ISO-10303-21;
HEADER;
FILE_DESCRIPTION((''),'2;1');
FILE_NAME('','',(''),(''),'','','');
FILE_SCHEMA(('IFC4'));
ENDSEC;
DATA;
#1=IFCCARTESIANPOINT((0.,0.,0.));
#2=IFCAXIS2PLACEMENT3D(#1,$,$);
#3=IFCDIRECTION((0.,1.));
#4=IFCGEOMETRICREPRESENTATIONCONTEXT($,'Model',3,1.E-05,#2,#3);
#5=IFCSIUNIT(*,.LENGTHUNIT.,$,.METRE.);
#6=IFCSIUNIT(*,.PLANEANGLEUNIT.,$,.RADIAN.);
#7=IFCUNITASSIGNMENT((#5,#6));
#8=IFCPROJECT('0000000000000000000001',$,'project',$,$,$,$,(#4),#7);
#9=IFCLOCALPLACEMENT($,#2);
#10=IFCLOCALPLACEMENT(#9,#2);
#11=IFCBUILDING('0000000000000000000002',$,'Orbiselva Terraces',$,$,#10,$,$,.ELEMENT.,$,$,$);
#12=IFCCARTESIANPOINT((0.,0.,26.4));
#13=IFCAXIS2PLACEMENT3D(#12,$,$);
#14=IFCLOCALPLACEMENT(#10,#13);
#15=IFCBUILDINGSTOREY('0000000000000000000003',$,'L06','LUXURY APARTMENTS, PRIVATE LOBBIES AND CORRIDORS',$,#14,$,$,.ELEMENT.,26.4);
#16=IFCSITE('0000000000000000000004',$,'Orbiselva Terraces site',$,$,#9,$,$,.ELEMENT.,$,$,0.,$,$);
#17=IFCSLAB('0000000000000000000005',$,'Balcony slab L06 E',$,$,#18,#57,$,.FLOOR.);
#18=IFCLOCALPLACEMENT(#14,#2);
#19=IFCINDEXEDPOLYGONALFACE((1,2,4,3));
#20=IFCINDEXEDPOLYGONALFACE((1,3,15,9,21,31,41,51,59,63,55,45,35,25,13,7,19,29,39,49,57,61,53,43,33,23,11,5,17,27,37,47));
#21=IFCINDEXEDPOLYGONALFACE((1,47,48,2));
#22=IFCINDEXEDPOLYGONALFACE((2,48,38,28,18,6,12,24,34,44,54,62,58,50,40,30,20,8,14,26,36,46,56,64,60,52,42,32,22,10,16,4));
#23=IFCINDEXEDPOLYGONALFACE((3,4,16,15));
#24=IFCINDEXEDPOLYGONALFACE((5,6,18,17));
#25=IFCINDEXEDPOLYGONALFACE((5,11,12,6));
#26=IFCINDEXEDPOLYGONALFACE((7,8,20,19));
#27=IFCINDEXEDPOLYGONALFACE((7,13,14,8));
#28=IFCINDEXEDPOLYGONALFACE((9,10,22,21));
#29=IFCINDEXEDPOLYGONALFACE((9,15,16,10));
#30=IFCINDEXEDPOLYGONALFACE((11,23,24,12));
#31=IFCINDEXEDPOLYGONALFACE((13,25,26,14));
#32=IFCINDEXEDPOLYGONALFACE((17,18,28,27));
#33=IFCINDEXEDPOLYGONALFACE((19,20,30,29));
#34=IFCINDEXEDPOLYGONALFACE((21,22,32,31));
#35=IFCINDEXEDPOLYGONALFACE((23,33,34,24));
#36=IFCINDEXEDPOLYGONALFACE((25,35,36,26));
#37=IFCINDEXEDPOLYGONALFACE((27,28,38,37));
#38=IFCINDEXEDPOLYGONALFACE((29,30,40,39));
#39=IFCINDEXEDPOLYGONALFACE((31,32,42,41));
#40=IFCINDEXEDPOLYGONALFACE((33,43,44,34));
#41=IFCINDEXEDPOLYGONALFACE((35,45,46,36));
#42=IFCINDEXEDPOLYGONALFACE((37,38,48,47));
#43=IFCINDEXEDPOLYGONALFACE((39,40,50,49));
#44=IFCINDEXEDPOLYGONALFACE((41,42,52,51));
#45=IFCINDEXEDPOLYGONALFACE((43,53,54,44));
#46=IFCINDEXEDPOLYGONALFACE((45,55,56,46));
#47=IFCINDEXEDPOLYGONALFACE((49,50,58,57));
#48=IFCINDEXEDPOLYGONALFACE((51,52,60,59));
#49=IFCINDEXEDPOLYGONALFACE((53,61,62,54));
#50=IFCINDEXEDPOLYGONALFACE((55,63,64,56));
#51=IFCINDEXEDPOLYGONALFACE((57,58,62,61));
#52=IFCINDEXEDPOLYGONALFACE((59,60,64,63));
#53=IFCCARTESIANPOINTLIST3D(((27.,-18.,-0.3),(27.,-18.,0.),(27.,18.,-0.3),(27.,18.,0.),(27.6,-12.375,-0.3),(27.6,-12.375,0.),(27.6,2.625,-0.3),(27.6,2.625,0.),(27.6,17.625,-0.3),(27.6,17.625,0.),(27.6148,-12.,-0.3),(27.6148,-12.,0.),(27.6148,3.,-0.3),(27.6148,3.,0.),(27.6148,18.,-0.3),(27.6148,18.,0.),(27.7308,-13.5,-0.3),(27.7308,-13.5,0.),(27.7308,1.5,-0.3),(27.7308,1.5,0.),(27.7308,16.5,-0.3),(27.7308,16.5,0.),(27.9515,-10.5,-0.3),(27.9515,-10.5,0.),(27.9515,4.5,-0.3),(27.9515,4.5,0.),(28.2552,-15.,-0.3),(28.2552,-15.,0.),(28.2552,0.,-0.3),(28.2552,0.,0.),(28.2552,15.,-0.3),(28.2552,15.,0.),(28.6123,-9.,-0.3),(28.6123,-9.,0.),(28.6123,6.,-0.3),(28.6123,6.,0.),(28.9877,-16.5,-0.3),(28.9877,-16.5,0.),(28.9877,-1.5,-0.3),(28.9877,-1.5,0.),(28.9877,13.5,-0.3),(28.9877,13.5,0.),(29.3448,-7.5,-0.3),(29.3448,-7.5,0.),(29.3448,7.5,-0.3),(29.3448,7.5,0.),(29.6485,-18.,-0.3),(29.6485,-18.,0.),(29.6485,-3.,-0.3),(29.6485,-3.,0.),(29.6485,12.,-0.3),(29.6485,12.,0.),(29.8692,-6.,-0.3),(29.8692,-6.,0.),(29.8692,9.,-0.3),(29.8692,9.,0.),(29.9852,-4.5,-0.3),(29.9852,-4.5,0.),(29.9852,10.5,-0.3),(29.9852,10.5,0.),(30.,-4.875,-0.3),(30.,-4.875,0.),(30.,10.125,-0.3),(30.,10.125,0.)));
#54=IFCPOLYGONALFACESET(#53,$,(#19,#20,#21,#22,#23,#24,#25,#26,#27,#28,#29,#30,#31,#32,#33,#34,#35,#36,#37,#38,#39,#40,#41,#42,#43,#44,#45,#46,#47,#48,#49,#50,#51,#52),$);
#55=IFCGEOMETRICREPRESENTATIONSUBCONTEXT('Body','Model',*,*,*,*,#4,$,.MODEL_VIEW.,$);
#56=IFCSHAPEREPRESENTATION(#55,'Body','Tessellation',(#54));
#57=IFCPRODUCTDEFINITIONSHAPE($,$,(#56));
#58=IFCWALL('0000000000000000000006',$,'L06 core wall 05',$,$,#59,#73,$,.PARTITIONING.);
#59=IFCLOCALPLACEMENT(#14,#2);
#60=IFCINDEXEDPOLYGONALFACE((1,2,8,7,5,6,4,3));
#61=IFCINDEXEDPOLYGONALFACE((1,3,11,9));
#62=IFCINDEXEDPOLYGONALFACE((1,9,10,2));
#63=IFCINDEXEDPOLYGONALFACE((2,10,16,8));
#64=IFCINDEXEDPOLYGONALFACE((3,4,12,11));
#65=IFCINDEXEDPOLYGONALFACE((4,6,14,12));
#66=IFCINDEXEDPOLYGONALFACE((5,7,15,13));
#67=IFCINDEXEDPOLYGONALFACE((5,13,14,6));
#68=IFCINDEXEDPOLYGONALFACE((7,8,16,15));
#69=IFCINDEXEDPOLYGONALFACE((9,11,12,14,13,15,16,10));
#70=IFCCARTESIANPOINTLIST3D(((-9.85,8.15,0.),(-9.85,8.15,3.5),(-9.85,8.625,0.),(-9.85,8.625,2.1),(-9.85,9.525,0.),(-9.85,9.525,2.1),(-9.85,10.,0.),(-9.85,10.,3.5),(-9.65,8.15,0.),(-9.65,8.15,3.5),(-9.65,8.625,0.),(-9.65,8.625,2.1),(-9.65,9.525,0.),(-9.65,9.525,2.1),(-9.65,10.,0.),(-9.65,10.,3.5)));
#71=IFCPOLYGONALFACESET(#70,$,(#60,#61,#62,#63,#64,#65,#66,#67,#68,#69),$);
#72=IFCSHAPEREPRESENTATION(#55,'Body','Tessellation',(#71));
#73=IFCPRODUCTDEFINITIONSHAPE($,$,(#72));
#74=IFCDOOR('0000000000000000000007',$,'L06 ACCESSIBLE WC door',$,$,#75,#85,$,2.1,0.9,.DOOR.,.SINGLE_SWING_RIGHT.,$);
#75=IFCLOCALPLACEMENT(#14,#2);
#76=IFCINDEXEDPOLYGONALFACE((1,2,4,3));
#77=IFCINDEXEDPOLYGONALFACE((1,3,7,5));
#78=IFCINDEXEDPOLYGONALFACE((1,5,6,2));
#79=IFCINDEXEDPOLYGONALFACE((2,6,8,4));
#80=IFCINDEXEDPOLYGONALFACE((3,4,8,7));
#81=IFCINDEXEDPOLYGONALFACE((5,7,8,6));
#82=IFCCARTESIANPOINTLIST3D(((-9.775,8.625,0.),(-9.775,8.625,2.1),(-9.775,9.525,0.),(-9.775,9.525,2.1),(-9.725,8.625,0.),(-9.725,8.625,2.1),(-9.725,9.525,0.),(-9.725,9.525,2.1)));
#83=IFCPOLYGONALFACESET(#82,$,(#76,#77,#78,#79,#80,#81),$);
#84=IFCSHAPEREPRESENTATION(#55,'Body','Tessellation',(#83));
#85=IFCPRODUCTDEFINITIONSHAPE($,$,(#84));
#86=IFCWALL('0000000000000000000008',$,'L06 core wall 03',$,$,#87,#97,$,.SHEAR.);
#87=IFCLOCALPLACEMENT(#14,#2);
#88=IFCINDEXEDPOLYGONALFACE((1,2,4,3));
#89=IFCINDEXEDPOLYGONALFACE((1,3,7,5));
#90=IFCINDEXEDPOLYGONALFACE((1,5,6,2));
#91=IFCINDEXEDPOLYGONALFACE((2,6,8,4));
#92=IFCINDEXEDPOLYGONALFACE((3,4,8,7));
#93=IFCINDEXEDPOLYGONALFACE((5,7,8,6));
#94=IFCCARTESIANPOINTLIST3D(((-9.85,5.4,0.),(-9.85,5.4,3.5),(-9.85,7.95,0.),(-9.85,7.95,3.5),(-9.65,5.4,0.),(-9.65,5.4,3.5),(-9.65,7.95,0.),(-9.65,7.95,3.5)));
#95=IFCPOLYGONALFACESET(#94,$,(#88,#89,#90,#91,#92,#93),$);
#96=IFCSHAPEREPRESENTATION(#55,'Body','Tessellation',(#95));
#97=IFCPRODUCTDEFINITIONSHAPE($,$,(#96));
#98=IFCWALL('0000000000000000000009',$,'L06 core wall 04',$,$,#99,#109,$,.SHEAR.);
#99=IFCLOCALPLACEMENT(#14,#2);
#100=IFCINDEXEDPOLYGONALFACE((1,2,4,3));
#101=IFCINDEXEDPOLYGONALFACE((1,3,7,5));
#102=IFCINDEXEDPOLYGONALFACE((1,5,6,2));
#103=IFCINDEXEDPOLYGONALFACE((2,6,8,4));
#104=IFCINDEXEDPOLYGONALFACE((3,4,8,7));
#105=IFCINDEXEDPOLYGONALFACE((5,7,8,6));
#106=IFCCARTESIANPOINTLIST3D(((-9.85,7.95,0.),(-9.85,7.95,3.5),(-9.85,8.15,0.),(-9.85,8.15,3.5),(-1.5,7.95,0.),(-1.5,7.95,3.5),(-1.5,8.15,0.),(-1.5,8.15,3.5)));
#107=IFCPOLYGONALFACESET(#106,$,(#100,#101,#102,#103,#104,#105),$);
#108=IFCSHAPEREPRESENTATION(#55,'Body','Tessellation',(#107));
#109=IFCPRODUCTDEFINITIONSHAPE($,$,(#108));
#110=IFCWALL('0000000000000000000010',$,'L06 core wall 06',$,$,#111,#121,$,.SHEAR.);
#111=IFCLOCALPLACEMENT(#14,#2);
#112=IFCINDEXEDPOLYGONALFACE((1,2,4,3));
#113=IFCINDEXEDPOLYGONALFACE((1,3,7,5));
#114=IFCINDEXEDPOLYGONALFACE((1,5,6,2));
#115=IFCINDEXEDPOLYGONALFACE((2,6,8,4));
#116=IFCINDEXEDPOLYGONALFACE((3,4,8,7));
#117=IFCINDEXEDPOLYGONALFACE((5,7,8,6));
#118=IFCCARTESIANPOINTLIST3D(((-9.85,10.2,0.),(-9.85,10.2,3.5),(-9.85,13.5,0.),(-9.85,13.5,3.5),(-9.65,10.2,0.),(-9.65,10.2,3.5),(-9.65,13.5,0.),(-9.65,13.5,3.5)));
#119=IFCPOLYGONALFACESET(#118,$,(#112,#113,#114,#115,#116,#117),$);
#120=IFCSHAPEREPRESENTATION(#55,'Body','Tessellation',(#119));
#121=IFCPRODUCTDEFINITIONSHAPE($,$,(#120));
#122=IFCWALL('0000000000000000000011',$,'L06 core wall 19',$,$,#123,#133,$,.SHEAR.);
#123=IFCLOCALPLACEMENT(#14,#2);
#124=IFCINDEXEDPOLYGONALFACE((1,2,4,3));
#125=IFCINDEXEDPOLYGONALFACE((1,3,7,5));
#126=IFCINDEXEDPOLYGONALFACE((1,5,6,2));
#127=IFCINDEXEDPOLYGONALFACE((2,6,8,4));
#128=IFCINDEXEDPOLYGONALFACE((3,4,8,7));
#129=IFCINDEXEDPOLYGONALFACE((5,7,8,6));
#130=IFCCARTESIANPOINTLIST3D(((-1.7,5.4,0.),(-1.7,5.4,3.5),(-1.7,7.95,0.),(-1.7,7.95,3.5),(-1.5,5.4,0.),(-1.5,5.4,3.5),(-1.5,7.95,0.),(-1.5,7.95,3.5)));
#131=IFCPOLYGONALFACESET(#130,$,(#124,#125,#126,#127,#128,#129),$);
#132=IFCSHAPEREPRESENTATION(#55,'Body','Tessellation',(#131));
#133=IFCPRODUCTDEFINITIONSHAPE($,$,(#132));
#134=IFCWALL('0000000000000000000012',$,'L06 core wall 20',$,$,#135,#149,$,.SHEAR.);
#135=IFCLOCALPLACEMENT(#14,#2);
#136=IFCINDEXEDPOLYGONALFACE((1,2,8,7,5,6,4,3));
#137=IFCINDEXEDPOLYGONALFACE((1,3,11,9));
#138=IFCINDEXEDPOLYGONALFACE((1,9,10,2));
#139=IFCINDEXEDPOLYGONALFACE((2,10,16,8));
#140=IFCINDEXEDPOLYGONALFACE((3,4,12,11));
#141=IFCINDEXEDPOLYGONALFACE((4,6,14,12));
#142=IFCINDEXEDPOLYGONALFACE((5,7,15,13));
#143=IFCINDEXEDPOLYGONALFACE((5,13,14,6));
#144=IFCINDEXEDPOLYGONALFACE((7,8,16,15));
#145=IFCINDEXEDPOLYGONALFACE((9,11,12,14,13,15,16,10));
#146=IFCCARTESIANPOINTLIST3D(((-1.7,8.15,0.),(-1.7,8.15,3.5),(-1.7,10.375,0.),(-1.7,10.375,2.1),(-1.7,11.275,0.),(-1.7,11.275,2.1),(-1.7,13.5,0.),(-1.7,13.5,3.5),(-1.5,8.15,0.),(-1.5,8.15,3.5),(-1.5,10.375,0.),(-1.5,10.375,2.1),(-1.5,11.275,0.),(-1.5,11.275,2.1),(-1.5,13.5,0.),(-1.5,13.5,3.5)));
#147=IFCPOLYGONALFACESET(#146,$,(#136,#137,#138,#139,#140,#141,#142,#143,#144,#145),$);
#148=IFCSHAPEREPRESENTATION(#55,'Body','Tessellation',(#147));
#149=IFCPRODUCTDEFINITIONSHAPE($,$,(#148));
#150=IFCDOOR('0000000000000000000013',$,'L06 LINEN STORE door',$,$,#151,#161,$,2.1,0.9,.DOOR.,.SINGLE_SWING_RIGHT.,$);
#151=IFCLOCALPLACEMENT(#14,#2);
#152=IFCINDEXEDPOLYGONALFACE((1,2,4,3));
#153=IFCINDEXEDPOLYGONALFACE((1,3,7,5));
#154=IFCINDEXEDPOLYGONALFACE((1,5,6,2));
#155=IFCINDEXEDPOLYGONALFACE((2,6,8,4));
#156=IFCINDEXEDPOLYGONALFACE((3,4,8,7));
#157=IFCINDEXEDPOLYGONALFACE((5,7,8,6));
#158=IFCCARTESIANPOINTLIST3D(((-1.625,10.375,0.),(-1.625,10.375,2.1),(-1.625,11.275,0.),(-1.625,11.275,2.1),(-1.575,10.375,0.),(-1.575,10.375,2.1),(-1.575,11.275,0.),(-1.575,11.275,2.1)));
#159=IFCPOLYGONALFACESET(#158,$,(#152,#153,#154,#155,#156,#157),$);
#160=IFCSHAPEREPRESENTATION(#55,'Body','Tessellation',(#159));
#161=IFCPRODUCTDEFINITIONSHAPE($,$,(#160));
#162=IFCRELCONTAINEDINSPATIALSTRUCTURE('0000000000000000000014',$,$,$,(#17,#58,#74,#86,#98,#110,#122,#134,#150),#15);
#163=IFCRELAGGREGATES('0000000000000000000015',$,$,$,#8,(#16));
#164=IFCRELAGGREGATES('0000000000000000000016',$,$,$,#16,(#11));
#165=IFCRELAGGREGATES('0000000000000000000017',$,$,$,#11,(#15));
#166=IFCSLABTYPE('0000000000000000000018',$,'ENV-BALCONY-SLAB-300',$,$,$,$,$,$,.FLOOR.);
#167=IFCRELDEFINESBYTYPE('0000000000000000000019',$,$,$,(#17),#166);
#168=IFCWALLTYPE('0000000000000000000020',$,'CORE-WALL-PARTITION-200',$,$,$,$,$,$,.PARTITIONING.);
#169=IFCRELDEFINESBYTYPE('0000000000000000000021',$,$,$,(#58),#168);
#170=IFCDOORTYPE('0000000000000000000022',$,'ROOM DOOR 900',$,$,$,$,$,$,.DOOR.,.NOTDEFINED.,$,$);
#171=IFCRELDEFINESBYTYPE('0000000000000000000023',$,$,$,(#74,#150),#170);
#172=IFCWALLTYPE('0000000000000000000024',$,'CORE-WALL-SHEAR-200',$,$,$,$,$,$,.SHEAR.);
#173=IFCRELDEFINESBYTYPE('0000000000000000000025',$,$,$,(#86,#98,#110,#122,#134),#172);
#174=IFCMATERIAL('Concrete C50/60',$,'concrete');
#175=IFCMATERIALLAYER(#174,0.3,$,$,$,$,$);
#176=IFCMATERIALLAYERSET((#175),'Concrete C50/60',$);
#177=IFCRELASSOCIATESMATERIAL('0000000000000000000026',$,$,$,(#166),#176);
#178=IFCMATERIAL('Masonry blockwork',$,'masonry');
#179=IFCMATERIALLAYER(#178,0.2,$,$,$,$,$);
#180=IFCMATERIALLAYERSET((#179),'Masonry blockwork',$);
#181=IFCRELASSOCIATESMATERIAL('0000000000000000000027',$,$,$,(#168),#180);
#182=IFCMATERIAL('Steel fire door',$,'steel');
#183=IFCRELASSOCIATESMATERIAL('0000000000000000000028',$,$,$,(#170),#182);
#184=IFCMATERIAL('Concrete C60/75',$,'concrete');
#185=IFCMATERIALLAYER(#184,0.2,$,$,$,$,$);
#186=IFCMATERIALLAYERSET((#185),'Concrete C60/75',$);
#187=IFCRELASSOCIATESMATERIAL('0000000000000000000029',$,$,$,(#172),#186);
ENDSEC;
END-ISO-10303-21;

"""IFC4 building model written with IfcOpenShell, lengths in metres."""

from ifc_helpers import new_model, si_unit, direction, frame, frame_2d, origin, place, context, subcontext, project, spatial, polyline, rectangle, outline, extrude, material, layer, layer_set, type_object, element, fill, save


model = new_model("IFC4")

# Units and contexts
model_context = context("Model", 3, precision=1e-05, world=origin(), true_north=direction((0.0, 1.0)))
body_context = subcontext(model_context, "Body", "Model", "MODEL_VIEW")
ifc_project = project(units=[si_unit("LENGTHUNIT", "METRE"), si_unit("PLANEANGLEUNIT", "RADIAN")], contexts=[model_context])

# Site, building, storey
site_placement = place(None, origin())
site = spatial("IfcSite", under=ifc_project, at=site_placement, Name="Orbiselva Terraces site", CompositionType="ELEMENT", RefElevation=0.0)
building_placement = place(site_placement, origin())
building = spatial("IfcBuilding", under=site, at=building_placement, Name="Orbiselva Terraces", CompositionType="ELEMENT")
storey_placement = place(building_placement, frame((0.0, 0.0, 26.4)))
storey = spatial("IfcBuildingStorey", under=building, at=storey_placement, Name="L06", Description="LUXURY APARTMENTS, PRIVATE LOBBIES AND CORRIDORS", CompositionType="ELEMENT", Elevation=26.4)

# Slab
ifc_material_1 = material(Name="Concrete C50/60", Category="concrete")
ifc_layer_1 = layer(ifc_material_1, 0.3)
ifc_layer_set_1 = layer_set([ifc_layer_1], Name="Concrete C50/60")
slab_type = type_object("IfcSlabType", Name="ENV-BALCONY-SLAB-300", PredefinedType="FLOOR", material=ifc_layer_set_1)
slab_placement = place(storey_placement, frame((0.0, 0.0, -0.3)))
element("IfcSlab", 1, at=slab_placement, inside=storey, type_object=slab_type, Name="Balcony slab L06 E", PredefinedType="FLOOR", context=body_context, shape_type="SweptSolid", body=[
    extrude(outline(polyline([(29.6485, -18.0), (28.9877, -16.5), (28.2552, -15.0), (27.7308, -13.5), (27.6, -12.375), (27.6148, -12.0), (27.9515, -10.5), (28.6123, -9.0), (29.3448, -7.5), (29.8692, -6.0), (30.0, -4.875), (29.9852, -4.5), (29.6485, -3.0), (28.9877, -1.5), (28.2552, 0.0), (27.7308, 1.5), (27.6, 2.625), (27.6148, 3.0), (27.9515, 4.5), (28.6123, 6.0), (29.3448, 7.5), (29.8692, 9.0), (30.0, 10.125), (29.9852, 10.5), (29.6485, 12.0), (28.9877, 13.5), (28.2552, 15.0), (27.7308, 16.5), (27.6, 17.625), (27.6148, 18.0), (27.0, 18.0), (27.0, -18.0), (29.6485, -18.0)])), origin(), (0.0, 0.0, 1.0), 0.3),
])

# Wall, opening, door
ifc_material_2 = material(Name="Masonry blockwork", Category="masonry")
ifc_layer_2 = layer(ifc_material_2, 0.2)
ifc_layer_set_2 = layer_set([ifc_layer_2], Name="Masonry blockwork")
wall_type_1 = type_object("IfcWallType", Name="CORE-WALL-PARTITION-200", PredefinedType="PARTITIONING", material=ifc_layer_set_2)
wall_1_placement = place(storey_placement, frame((-9.75, 8.15, 0.0), z_axis=(0.0, 0.0, 1.0), x_axis=(0.0, 1.0, 0.0)))
wall_1 = element("IfcWall", 2, at=wall_1_placement, inside=storey, type_object=wall_type_1, Name="L06 core wall 05", PredefinedType="PARTITIONING", context=body_context, shape_type="SweptSolid", body=[
    extrude(rectangle(XDim=1.85, YDim=0.2, at=frame_2d((0.925, 0.0))), origin(), (0.0, 0.0, 1.0), 3.5),
])
opening_1_placement = place(wall_1_placement, frame((0.475, 0.0, 0.0)))
opening_1 = element("IfcOpeningElement", 3, at=opening_1_placement, cuts=wall_1, PredefinedType="OPENING", context=body_context, shape_type="SweptSolid", body=[
    extrude(rectangle(XDim=0.9, YDim=2.1, at=frame_2d((0.45, 1.05))), frame((0.0, 0.11, 0.0), z_axis=(0.0, -1.0, 0.0), x_axis=(1.0, 0.0, 0.0)), (0.0, 0.0, 1.0), 0.22),
])
ifc_material_3 = material(Name="Steel fire door", Category="steel")
door_type = type_object("IfcDoorType", Name="ROOM DOOR 900", OperationType="NOTDEFINED", PredefinedType="DOOR", material=ifc_material_3)
door_1_placement = place(opening_1_placement, origin())
door_1 = element("IfcDoor", 4, at=door_1_placement, inside=storey, type_object=door_type, Name="L06 ACCESSIBLE WC door", OperationType="SINGLE_SWING_RIGHT", OverallHeight=2.1, OverallWidth=0.9, PredefinedType="DOOR", context=body_context, shape_type="SweptSolid", body=[
    extrude(rectangle(XDim=0.9, YDim=2.1, at=frame_2d((0.45, 1.05))), frame((0.0, 0.025, 0.0), z_axis=(0.0, -1.0, 0.0), x_axis=(1.0, 0.0, 0.0)), (0.0, 0.0, 1.0), 0.05),
])
fill(opening_1, door_1)

# Walls
ifc_material_4 = material(Name="Concrete C60/75", Category="concrete")
ifc_layer_3 = layer(ifc_material_4, 0.2)
ifc_layer_set_3 = layer_set([ifc_layer_3], Name="Concrete C60/75")
wall_type_2 = type_object("IfcWallType", Name="CORE-WALL-SHEAR-200", PredefinedType="SHEAR", material=ifc_layer_set_3)
wall_2_placement = place(storey_placement, frame((-9.75, 5.4, 0.0), z_axis=(0.0, 0.0, 1.0), x_axis=(0.0, 1.0, 0.0)))
element("IfcWall", 5, at=wall_2_placement, inside=storey, type_object=wall_type_2, Name="L06 core wall 03", PredefinedType="SHEAR", context=body_context, shape_type="SweptSolid", body=[
    extrude(rectangle(XDim=2.55, YDim=0.2, at=frame_2d((1.275, 0.0))), origin(), (0.0, 0.0, 1.0), 3.5),
])
wall_3_placement = place(storey_placement, frame((-9.85, 8.05, 0.0), z_axis=(0.0, 0.0, 1.0), x_axis=(1.0, 0.0, 0.0)))
element("IfcWall", 6, at=wall_3_placement, inside=storey, type_object=wall_type_2, Name="L06 core wall 04", PredefinedType="SHEAR", context=body_context, shape_type="SweptSolid", body=[
    extrude(rectangle(XDim=8.35, YDim=0.2, at=frame_2d((4.175, 0.0))), origin(), (0.0, 0.0, 1.0), 3.5),
])
wall_4_placement = place(storey_placement, frame((-9.75, 10.2, 0.0), z_axis=(0.0, 0.0, 1.0), x_axis=(0.0, 1.0, 0.0)))
element("IfcWall", 7, at=wall_4_placement, inside=storey, type_object=wall_type_2, Name="L06 core wall 06", PredefinedType="SHEAR", context=body_context, shape_type="SweptSolid", body=[
    extrude(rectangle(XDim=3.3, YDim=0.2, at=frame_2d((1.65, 0.0))), origin(), (0.0, 0.0, 1.0), 3.5),
])
wall_5_placement = place(storey_placement, frame((-1.6, 5.4, 0.0), z_axis=(0.0, 0.0, 1.0), x_axis=(0.0, 1.0, 0.0)))
element("IfcWall", 8, at=wall_5_placement, inside=storey, type_object=wall_type_2, Name="L06 core wall 19", PredefinedType="SHEAR", context=body_context, shape_type="SweptSolid", body=[
    extrude(rectangle(XDim=2.55, YDim=0.2, at=frame_2d((1.275, 0.0))), origin(), (0.0, 0.0, 1.0), 3.5),
])

# Wall, opening, door
wall_6_placement = place(storey_placement, frame((-1.6, 8.15, 0.0), z_axis=(0.0, 0.0, 1.0), x_axis=(0.0, 1.0, 0.0)))
wall_6 = element("IfcWall", 9, at=wall_6_placement, inside=storey, type_object=wall_type_2, Name="L06 core wall 20", PredefinedType="SHEAR", context=body_context, shape_type="SweptSolid", body=[
    extrude(rectangle(XDim=5.35, YDim=0.2, at=frame_2d((2.675, 0.0))), origin(), (0.0, 0.0, 1.0), 3.5),
])
opening_2_placement = place(wall_6_placement, frame((2.225, 0.0, 0.0)))
opening_2 = element("IfcOpeningElement", 10, at=opening_2_placement, cuts=wall_6, PredefinedType="OPENING", context=body_context, shape_type="SweptSolid", body=[
    extrude(rectangle(XDim=0.9, YDim=2.1, at=frame_2d((0.45, 1.05))), frame((0.0, 0.11, 0.0), z_axis=(0.0, -1.0, 0.0), x_axis=(1.0, 0.0, 0.0)), (0.0, 0.0, 1.0), 0.22),
])
door_2_placement = place(opening_2_placement, origin())
door_2 = element("IfcDoor", 11, at=door_2_placement, inside=storey, type_object=door_type, Name="L06 LINEN STORE door", OperationType="SINGLE_SWING_RIGHT", OverallHeight=2.1, OverallWidth=0.9, PredefinedType="DOOR", context=body_context, shape_type="SweptSolid", body=[
    extrude(rectangle(XDim=0.9, YDim=2.1, at=frame_2d((0.45, 1.05))), frame((0.0, 0.025, 0.0), z_axis=(0.0, -1.0, 0.0), x_axis=(1.0, 0.0, 0.0)), (0.0, 0.0, 1.0), 0.05),
])
fill(opening_2, door_2)

save(model, "model.ifc")
